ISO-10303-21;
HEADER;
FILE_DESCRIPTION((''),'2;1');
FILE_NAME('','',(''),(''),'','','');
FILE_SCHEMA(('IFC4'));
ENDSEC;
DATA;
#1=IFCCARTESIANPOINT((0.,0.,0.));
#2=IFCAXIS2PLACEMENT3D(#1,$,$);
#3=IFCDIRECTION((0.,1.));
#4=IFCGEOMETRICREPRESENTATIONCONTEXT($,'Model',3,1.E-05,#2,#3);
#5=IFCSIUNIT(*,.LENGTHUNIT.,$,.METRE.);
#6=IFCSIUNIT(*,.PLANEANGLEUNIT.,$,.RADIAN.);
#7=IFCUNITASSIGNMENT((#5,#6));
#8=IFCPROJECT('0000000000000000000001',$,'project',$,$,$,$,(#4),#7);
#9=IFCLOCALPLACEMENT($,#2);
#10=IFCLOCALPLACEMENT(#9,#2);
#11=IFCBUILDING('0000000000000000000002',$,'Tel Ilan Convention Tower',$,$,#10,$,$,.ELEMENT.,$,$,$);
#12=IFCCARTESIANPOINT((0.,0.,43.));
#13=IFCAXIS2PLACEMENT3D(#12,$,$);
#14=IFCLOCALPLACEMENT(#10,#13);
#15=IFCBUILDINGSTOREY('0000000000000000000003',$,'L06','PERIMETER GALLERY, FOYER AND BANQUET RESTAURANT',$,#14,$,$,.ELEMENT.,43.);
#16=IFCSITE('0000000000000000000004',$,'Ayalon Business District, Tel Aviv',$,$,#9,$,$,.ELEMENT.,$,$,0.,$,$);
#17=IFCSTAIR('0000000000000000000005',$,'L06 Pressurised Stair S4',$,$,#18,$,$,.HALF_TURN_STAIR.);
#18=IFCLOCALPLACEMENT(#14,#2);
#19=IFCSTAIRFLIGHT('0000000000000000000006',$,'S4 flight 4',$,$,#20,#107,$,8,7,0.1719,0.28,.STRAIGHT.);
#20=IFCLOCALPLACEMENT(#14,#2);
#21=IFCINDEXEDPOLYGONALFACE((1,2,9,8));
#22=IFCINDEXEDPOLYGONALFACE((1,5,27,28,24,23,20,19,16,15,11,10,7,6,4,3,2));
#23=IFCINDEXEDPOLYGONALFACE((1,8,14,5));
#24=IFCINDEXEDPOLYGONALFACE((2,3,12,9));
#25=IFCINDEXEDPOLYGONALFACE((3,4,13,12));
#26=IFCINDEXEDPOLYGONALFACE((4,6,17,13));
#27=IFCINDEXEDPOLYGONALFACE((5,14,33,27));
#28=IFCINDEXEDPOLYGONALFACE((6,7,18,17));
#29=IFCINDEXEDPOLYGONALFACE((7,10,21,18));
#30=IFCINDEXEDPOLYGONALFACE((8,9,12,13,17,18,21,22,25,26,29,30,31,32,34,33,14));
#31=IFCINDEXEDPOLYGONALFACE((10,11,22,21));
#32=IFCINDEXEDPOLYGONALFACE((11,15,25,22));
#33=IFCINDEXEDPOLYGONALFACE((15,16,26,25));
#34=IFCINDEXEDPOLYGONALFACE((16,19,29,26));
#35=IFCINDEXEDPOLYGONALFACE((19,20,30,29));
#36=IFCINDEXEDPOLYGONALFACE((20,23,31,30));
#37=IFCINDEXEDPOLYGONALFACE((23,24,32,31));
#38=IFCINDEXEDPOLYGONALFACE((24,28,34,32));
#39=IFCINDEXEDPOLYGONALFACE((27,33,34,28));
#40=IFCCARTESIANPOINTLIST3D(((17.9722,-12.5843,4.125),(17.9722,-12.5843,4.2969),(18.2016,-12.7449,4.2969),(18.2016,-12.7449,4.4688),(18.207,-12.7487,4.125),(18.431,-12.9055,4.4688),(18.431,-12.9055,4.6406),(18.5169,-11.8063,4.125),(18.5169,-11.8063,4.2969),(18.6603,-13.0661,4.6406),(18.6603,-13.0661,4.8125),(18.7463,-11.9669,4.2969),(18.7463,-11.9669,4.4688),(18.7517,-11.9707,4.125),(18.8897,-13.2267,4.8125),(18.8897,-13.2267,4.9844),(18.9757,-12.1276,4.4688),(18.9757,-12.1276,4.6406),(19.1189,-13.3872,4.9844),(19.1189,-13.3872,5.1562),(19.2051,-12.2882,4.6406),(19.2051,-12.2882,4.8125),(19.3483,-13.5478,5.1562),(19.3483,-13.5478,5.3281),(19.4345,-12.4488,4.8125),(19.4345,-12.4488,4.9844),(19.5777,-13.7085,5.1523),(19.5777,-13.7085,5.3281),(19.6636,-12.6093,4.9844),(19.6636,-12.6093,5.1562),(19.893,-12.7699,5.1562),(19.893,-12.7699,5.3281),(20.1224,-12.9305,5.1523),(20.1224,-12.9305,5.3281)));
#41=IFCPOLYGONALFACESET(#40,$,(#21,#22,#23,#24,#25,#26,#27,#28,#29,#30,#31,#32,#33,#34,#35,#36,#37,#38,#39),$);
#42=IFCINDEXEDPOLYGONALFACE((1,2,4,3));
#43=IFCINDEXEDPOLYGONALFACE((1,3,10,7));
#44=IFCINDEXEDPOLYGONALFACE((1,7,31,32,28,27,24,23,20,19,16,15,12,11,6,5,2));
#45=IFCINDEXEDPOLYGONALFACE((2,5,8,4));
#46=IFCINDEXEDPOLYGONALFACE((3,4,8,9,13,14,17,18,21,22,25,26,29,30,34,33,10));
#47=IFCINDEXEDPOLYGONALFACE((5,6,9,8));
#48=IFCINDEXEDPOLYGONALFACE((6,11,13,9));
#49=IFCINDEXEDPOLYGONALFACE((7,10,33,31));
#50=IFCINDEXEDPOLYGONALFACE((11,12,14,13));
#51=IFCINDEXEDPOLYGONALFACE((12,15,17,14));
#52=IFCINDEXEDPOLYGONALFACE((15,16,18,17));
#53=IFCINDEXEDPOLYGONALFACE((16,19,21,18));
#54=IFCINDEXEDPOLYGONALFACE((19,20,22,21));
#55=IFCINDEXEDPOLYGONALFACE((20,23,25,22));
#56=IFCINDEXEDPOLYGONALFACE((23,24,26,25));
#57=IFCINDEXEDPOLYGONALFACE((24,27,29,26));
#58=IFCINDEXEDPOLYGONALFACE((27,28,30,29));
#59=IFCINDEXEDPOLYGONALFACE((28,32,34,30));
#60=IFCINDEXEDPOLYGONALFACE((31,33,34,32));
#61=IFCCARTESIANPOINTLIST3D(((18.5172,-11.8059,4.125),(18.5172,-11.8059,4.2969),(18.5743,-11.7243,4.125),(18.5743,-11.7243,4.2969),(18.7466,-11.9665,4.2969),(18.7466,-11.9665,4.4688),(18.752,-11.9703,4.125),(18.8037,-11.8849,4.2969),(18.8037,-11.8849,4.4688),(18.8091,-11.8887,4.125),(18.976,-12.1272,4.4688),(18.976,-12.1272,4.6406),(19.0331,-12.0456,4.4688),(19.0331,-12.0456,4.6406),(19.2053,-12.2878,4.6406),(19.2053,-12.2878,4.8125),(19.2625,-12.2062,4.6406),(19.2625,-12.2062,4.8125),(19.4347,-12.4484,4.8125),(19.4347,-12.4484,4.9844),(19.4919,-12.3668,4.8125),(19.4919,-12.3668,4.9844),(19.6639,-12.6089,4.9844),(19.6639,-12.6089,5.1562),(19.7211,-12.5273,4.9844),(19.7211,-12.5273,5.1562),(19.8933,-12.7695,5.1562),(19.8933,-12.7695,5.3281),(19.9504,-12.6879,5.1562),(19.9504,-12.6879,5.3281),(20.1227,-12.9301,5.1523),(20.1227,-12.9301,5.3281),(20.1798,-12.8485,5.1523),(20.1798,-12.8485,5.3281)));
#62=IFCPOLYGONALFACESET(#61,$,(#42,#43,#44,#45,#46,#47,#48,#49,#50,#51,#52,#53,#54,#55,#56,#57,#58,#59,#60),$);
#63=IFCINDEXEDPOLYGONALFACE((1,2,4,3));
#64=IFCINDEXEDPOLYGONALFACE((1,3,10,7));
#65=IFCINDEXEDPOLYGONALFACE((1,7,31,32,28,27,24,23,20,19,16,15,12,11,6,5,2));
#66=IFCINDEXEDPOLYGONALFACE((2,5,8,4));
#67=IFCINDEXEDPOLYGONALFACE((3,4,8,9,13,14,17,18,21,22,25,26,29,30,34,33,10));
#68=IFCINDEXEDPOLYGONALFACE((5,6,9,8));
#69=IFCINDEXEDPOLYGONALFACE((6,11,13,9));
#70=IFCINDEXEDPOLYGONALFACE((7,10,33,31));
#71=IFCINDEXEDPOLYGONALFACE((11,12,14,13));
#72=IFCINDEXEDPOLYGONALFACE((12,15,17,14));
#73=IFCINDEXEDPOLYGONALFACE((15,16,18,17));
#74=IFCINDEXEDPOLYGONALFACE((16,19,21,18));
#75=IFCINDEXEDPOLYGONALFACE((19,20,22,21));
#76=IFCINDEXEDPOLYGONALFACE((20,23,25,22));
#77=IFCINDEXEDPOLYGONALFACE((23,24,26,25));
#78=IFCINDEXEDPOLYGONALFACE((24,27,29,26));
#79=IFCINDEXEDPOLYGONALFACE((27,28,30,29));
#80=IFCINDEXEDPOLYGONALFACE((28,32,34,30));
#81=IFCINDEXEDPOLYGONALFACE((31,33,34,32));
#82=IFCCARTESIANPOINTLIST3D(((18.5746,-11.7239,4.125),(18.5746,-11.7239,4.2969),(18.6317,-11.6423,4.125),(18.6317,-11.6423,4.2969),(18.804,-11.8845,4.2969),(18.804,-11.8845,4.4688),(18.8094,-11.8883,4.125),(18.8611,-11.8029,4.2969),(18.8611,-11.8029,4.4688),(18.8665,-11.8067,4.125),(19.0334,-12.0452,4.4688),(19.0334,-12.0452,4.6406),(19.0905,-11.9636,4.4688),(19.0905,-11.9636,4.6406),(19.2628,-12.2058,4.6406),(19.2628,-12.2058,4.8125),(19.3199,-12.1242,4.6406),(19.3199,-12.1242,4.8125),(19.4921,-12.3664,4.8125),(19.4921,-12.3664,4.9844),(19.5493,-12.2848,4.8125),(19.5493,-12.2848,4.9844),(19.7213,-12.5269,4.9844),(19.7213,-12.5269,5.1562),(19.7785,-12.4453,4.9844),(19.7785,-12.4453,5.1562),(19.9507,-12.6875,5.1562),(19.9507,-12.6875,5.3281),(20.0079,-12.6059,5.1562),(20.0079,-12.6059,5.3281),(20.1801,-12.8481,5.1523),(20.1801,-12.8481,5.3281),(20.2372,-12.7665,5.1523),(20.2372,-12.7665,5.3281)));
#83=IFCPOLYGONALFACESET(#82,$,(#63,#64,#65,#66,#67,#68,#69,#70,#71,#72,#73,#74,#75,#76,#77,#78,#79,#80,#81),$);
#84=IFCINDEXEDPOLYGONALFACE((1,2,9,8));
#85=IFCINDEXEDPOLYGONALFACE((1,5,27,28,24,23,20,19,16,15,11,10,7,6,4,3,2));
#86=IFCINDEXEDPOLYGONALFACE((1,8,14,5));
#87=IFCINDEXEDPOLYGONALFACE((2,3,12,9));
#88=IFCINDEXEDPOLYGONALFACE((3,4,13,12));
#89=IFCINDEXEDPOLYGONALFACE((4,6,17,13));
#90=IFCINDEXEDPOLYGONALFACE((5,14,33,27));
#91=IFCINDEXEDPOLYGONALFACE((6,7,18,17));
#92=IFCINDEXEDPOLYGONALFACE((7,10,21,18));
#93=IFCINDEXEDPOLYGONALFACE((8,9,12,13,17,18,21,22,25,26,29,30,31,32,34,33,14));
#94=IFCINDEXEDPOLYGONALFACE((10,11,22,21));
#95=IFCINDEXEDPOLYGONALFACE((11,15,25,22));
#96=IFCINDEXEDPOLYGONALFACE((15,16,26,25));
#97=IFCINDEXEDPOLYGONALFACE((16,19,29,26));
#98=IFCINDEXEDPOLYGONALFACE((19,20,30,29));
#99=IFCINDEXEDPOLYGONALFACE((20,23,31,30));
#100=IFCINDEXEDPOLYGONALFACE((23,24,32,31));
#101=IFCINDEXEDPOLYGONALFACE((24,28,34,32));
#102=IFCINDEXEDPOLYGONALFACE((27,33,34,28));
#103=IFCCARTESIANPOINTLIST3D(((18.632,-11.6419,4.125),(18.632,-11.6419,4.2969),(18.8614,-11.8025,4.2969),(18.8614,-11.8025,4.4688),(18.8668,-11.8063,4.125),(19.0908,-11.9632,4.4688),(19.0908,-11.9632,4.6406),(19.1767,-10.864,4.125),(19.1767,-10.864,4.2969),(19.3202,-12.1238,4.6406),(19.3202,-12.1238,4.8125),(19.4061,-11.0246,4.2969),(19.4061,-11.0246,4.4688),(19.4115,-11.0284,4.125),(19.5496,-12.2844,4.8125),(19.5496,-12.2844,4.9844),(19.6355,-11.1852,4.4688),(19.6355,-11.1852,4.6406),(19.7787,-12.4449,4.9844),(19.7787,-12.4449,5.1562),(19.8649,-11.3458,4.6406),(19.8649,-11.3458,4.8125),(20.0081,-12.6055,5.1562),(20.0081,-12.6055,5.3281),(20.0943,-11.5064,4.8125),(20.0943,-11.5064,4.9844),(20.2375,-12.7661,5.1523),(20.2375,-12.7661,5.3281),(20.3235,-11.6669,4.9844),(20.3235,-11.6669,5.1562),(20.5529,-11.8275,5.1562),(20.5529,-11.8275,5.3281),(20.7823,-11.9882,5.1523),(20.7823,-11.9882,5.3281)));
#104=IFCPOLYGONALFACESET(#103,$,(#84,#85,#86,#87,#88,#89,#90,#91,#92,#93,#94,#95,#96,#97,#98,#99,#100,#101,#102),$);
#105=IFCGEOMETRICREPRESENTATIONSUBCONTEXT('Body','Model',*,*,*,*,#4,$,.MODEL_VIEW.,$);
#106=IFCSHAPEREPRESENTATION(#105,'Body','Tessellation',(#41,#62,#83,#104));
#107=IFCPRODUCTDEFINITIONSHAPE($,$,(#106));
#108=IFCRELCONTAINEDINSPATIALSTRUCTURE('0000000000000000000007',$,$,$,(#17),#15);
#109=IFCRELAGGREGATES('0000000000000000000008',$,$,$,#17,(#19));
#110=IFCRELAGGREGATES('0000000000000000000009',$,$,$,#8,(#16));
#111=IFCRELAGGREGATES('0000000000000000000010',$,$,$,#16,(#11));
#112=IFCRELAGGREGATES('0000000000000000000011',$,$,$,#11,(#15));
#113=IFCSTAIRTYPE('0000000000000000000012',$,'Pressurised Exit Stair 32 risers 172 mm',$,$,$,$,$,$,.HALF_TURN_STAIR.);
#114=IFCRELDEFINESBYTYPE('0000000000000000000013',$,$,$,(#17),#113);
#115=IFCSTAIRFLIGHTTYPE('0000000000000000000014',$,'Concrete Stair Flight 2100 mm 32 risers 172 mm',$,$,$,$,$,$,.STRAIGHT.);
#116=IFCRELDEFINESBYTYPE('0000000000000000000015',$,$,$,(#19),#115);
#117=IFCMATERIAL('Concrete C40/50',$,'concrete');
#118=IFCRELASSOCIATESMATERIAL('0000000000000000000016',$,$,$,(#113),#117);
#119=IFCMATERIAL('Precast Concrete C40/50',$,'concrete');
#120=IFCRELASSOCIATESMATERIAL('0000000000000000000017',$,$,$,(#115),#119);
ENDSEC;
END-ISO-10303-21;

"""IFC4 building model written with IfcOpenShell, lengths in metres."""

from ifc_helpers import new_model, si_unit, direction, frame, origin, place, context, subcontext, project, spatial, polyline, outline, extrude, material, type_object, element, aggregate, save


model = new_model("IFC4")

# Units and contexts
model_context = context("Model", 3, precision=1e-05, world=origin(), true_north=direction((0.0, 1.0)))
body_context = subcontext(model_context, "Body", "Model", "MODEL_VIEW")
ifc_project = project(units=[si_unit("LENGTHUNIT", "METRE"), si_unit("PLANEANGLEUNIT", "RADIAN")], contexts=[model_context])

# Site, building, storey
site_placement = place(None, origin())
site = spatial("IfcSite", under=ifc_project, at=site_placement, Name="Ayalon Business District, Tel Aviv", CompositionType="ELEMENT", RefElevation=0.0)
building_placement = place(site_placement, origin())
building = spatial("IfcBuilding", under=site, at=building_placement, Name="Tel Ilan Convention Tower", CompositionType="ELEMENT")
storey_placement = place(building_placement, frame((0.0, 0.0, 43.0)))
storey = spatial("IfcBuildingStorey", under=building, at=storey_placement, Name="L06", Description="PERIMETER GALLERY, FOYER AND BANQUET RESTAURANT", CompositionType="ELEMENT", Elevation=43.0)

# Stair, stair flight
ifc_material_1 = material(Name="Concrete C40/50", Category="concrete")
stair_type = type_object("IfcStairType", Name="Pressurised Exit Stair 32 risers 172 mm", PredefinedType="HALF_TURN_STAIR", material=ifc_material_1)
stair_placement = place(storey_placement, origin())
stair = element("IfcStair", 1, at=stair_placement, inside=storey, type_object=stair_type, Name="L06 Pressurised Stair S4", PredefinedType="HALF_TURN_STAIR")
ifc_material_2 = material(Name="Precast Concrete C40/50", Category="concrete")
stair_flight_type = type_object("IfcStairFlightType", Name="Concrete Stair Flight 2100 mm 32 risers 172 mm", PredefinedType="STRAIGHT", material=ifc_material_2)
stair_flight_1_placement = place(storey_placement, frame((18.5745, -11.7241, 4.125), z_axis=(0.0, 0.0, 1.0), x_axis=(0.819152, -0.573576, 0.0)))
stair_flight_1 = element("IfcStairFlight", 2, at=stair_flight_1_placement, type_object=stair_flight_type, Name="S4 flight 4", NumberOfRisers=8, NumberOfTreads=7, PredefinedType="STRAIGHT", RiserHeight=0.1719, TreadLength=0.28, context=body_context, shape_type="SweptSolid", body=[
    extrude(outline(polyline([(0.0, 0.0), (0.0, 0.1719), (0.28, 0.1719), (0.28, 0.3438), (0.5601, 0.3438), (0.5601, 0.5156), (0.8401, 0.5156), (0.8401, 0.6875), (1.1201, 0.6875), (1.1201, 0.8594), (1.3999, 0.8594), (1.3999, 1.0312), (1.6799, 1.0312), (1.6799, 1.2031), (1.96, 1.2031), (1.96, 1.375), (1.96, 1.0273), (0.2866, 0.0), (0.0, 0.0)])), frame((0.0, -0.1003, 0.0), z_axis=(0.0, -1.0, 0.0), x_axis=(1.0, 0.0, 0.0)), (0.0, 0.0, 1.0), 0.9497),
    extrude(outline(polyline([(0.0, 0.0), (0.0, 0.1719), (0.28, 0.1719), (0.28, 0.3438), (0.5601, 0.3438), (0.5601, 0.5156), (0.8401, 0.5156), (0.8401, 0.6875), (1.1201, 0.6875), (1.1201, 0.8594), (1.3999, 0.8594), (1.3999, 1.0312), (1.6799, 1.0312), (1.6799, 1.2031), (1.96, 1.2031), (1.96, 1.375), (1.96, 1.0273), (0.2866, 0.0), (0.0, 0.0)])), frame((0.0, -0.0002, 0.0), z_axis=(0.0, -1.0, 0.0), x_axis=(1.0, 0.0, 0.0)), (0.0, 0.0, 1.0), 0.0996),
    extrude(outline(polyline([(0.0, 0.0), (0.0, 0.1719), (0.28, 0.1719), (0.28, 0.3438), (0.5601, 0.3438), (0.5601, 0.5156), (0.8401, 0.5156), (0.8401, 0.6875), (1.1201, 0.6875), (1.1201, 0.8594), (1.3999, 0.8594), (1.3999, 1.0312), (1.6799, 1.0312), (1.6799, 1.2031), (1.96, 1.2031), (1.96, 1.375), (1.96, 1.0273), (0.2866, 0.0), (0.0, 0.0)])), frame((0.0, 0.0999, 0.0), z_axis=(0.0, -1.0, 0.0), x_axis=(1.0, 0.0, 0.0)), (0.0, 0.0, 1.0), 0.0996),
    extrude(outline(polyline([(0.0, 0.0), (0.0, 0.1719), (0.28, 0.1719), (0.28, 0.3438), (0.5601, 0.3438), (0.5601, 0.5156), (0.8401, 0.5156), (0.8401, 0.6875), (1.1201, 0.6875), (1.1201, 0.8594), (1.3999, 0.8594), (1.3999, 1.0312), (1.6799, 1.0312), (1.6799, 1.2031), (1.96, 1.2031), (1.96, 1.375), (1.96, 1.0273), (0.2866, 0.0), (0.0, 0.0)])), frame((0.0, 1.05, 0.0), z_axis=(0.0, -1.0, 0.0), x_axis=(1.0, 0.0, 0.0)), (0.0, 0.0, 1.0), 0.9497),
])
aggregate(stair, [stair_flight_1])

save(model, "model.ifc")
